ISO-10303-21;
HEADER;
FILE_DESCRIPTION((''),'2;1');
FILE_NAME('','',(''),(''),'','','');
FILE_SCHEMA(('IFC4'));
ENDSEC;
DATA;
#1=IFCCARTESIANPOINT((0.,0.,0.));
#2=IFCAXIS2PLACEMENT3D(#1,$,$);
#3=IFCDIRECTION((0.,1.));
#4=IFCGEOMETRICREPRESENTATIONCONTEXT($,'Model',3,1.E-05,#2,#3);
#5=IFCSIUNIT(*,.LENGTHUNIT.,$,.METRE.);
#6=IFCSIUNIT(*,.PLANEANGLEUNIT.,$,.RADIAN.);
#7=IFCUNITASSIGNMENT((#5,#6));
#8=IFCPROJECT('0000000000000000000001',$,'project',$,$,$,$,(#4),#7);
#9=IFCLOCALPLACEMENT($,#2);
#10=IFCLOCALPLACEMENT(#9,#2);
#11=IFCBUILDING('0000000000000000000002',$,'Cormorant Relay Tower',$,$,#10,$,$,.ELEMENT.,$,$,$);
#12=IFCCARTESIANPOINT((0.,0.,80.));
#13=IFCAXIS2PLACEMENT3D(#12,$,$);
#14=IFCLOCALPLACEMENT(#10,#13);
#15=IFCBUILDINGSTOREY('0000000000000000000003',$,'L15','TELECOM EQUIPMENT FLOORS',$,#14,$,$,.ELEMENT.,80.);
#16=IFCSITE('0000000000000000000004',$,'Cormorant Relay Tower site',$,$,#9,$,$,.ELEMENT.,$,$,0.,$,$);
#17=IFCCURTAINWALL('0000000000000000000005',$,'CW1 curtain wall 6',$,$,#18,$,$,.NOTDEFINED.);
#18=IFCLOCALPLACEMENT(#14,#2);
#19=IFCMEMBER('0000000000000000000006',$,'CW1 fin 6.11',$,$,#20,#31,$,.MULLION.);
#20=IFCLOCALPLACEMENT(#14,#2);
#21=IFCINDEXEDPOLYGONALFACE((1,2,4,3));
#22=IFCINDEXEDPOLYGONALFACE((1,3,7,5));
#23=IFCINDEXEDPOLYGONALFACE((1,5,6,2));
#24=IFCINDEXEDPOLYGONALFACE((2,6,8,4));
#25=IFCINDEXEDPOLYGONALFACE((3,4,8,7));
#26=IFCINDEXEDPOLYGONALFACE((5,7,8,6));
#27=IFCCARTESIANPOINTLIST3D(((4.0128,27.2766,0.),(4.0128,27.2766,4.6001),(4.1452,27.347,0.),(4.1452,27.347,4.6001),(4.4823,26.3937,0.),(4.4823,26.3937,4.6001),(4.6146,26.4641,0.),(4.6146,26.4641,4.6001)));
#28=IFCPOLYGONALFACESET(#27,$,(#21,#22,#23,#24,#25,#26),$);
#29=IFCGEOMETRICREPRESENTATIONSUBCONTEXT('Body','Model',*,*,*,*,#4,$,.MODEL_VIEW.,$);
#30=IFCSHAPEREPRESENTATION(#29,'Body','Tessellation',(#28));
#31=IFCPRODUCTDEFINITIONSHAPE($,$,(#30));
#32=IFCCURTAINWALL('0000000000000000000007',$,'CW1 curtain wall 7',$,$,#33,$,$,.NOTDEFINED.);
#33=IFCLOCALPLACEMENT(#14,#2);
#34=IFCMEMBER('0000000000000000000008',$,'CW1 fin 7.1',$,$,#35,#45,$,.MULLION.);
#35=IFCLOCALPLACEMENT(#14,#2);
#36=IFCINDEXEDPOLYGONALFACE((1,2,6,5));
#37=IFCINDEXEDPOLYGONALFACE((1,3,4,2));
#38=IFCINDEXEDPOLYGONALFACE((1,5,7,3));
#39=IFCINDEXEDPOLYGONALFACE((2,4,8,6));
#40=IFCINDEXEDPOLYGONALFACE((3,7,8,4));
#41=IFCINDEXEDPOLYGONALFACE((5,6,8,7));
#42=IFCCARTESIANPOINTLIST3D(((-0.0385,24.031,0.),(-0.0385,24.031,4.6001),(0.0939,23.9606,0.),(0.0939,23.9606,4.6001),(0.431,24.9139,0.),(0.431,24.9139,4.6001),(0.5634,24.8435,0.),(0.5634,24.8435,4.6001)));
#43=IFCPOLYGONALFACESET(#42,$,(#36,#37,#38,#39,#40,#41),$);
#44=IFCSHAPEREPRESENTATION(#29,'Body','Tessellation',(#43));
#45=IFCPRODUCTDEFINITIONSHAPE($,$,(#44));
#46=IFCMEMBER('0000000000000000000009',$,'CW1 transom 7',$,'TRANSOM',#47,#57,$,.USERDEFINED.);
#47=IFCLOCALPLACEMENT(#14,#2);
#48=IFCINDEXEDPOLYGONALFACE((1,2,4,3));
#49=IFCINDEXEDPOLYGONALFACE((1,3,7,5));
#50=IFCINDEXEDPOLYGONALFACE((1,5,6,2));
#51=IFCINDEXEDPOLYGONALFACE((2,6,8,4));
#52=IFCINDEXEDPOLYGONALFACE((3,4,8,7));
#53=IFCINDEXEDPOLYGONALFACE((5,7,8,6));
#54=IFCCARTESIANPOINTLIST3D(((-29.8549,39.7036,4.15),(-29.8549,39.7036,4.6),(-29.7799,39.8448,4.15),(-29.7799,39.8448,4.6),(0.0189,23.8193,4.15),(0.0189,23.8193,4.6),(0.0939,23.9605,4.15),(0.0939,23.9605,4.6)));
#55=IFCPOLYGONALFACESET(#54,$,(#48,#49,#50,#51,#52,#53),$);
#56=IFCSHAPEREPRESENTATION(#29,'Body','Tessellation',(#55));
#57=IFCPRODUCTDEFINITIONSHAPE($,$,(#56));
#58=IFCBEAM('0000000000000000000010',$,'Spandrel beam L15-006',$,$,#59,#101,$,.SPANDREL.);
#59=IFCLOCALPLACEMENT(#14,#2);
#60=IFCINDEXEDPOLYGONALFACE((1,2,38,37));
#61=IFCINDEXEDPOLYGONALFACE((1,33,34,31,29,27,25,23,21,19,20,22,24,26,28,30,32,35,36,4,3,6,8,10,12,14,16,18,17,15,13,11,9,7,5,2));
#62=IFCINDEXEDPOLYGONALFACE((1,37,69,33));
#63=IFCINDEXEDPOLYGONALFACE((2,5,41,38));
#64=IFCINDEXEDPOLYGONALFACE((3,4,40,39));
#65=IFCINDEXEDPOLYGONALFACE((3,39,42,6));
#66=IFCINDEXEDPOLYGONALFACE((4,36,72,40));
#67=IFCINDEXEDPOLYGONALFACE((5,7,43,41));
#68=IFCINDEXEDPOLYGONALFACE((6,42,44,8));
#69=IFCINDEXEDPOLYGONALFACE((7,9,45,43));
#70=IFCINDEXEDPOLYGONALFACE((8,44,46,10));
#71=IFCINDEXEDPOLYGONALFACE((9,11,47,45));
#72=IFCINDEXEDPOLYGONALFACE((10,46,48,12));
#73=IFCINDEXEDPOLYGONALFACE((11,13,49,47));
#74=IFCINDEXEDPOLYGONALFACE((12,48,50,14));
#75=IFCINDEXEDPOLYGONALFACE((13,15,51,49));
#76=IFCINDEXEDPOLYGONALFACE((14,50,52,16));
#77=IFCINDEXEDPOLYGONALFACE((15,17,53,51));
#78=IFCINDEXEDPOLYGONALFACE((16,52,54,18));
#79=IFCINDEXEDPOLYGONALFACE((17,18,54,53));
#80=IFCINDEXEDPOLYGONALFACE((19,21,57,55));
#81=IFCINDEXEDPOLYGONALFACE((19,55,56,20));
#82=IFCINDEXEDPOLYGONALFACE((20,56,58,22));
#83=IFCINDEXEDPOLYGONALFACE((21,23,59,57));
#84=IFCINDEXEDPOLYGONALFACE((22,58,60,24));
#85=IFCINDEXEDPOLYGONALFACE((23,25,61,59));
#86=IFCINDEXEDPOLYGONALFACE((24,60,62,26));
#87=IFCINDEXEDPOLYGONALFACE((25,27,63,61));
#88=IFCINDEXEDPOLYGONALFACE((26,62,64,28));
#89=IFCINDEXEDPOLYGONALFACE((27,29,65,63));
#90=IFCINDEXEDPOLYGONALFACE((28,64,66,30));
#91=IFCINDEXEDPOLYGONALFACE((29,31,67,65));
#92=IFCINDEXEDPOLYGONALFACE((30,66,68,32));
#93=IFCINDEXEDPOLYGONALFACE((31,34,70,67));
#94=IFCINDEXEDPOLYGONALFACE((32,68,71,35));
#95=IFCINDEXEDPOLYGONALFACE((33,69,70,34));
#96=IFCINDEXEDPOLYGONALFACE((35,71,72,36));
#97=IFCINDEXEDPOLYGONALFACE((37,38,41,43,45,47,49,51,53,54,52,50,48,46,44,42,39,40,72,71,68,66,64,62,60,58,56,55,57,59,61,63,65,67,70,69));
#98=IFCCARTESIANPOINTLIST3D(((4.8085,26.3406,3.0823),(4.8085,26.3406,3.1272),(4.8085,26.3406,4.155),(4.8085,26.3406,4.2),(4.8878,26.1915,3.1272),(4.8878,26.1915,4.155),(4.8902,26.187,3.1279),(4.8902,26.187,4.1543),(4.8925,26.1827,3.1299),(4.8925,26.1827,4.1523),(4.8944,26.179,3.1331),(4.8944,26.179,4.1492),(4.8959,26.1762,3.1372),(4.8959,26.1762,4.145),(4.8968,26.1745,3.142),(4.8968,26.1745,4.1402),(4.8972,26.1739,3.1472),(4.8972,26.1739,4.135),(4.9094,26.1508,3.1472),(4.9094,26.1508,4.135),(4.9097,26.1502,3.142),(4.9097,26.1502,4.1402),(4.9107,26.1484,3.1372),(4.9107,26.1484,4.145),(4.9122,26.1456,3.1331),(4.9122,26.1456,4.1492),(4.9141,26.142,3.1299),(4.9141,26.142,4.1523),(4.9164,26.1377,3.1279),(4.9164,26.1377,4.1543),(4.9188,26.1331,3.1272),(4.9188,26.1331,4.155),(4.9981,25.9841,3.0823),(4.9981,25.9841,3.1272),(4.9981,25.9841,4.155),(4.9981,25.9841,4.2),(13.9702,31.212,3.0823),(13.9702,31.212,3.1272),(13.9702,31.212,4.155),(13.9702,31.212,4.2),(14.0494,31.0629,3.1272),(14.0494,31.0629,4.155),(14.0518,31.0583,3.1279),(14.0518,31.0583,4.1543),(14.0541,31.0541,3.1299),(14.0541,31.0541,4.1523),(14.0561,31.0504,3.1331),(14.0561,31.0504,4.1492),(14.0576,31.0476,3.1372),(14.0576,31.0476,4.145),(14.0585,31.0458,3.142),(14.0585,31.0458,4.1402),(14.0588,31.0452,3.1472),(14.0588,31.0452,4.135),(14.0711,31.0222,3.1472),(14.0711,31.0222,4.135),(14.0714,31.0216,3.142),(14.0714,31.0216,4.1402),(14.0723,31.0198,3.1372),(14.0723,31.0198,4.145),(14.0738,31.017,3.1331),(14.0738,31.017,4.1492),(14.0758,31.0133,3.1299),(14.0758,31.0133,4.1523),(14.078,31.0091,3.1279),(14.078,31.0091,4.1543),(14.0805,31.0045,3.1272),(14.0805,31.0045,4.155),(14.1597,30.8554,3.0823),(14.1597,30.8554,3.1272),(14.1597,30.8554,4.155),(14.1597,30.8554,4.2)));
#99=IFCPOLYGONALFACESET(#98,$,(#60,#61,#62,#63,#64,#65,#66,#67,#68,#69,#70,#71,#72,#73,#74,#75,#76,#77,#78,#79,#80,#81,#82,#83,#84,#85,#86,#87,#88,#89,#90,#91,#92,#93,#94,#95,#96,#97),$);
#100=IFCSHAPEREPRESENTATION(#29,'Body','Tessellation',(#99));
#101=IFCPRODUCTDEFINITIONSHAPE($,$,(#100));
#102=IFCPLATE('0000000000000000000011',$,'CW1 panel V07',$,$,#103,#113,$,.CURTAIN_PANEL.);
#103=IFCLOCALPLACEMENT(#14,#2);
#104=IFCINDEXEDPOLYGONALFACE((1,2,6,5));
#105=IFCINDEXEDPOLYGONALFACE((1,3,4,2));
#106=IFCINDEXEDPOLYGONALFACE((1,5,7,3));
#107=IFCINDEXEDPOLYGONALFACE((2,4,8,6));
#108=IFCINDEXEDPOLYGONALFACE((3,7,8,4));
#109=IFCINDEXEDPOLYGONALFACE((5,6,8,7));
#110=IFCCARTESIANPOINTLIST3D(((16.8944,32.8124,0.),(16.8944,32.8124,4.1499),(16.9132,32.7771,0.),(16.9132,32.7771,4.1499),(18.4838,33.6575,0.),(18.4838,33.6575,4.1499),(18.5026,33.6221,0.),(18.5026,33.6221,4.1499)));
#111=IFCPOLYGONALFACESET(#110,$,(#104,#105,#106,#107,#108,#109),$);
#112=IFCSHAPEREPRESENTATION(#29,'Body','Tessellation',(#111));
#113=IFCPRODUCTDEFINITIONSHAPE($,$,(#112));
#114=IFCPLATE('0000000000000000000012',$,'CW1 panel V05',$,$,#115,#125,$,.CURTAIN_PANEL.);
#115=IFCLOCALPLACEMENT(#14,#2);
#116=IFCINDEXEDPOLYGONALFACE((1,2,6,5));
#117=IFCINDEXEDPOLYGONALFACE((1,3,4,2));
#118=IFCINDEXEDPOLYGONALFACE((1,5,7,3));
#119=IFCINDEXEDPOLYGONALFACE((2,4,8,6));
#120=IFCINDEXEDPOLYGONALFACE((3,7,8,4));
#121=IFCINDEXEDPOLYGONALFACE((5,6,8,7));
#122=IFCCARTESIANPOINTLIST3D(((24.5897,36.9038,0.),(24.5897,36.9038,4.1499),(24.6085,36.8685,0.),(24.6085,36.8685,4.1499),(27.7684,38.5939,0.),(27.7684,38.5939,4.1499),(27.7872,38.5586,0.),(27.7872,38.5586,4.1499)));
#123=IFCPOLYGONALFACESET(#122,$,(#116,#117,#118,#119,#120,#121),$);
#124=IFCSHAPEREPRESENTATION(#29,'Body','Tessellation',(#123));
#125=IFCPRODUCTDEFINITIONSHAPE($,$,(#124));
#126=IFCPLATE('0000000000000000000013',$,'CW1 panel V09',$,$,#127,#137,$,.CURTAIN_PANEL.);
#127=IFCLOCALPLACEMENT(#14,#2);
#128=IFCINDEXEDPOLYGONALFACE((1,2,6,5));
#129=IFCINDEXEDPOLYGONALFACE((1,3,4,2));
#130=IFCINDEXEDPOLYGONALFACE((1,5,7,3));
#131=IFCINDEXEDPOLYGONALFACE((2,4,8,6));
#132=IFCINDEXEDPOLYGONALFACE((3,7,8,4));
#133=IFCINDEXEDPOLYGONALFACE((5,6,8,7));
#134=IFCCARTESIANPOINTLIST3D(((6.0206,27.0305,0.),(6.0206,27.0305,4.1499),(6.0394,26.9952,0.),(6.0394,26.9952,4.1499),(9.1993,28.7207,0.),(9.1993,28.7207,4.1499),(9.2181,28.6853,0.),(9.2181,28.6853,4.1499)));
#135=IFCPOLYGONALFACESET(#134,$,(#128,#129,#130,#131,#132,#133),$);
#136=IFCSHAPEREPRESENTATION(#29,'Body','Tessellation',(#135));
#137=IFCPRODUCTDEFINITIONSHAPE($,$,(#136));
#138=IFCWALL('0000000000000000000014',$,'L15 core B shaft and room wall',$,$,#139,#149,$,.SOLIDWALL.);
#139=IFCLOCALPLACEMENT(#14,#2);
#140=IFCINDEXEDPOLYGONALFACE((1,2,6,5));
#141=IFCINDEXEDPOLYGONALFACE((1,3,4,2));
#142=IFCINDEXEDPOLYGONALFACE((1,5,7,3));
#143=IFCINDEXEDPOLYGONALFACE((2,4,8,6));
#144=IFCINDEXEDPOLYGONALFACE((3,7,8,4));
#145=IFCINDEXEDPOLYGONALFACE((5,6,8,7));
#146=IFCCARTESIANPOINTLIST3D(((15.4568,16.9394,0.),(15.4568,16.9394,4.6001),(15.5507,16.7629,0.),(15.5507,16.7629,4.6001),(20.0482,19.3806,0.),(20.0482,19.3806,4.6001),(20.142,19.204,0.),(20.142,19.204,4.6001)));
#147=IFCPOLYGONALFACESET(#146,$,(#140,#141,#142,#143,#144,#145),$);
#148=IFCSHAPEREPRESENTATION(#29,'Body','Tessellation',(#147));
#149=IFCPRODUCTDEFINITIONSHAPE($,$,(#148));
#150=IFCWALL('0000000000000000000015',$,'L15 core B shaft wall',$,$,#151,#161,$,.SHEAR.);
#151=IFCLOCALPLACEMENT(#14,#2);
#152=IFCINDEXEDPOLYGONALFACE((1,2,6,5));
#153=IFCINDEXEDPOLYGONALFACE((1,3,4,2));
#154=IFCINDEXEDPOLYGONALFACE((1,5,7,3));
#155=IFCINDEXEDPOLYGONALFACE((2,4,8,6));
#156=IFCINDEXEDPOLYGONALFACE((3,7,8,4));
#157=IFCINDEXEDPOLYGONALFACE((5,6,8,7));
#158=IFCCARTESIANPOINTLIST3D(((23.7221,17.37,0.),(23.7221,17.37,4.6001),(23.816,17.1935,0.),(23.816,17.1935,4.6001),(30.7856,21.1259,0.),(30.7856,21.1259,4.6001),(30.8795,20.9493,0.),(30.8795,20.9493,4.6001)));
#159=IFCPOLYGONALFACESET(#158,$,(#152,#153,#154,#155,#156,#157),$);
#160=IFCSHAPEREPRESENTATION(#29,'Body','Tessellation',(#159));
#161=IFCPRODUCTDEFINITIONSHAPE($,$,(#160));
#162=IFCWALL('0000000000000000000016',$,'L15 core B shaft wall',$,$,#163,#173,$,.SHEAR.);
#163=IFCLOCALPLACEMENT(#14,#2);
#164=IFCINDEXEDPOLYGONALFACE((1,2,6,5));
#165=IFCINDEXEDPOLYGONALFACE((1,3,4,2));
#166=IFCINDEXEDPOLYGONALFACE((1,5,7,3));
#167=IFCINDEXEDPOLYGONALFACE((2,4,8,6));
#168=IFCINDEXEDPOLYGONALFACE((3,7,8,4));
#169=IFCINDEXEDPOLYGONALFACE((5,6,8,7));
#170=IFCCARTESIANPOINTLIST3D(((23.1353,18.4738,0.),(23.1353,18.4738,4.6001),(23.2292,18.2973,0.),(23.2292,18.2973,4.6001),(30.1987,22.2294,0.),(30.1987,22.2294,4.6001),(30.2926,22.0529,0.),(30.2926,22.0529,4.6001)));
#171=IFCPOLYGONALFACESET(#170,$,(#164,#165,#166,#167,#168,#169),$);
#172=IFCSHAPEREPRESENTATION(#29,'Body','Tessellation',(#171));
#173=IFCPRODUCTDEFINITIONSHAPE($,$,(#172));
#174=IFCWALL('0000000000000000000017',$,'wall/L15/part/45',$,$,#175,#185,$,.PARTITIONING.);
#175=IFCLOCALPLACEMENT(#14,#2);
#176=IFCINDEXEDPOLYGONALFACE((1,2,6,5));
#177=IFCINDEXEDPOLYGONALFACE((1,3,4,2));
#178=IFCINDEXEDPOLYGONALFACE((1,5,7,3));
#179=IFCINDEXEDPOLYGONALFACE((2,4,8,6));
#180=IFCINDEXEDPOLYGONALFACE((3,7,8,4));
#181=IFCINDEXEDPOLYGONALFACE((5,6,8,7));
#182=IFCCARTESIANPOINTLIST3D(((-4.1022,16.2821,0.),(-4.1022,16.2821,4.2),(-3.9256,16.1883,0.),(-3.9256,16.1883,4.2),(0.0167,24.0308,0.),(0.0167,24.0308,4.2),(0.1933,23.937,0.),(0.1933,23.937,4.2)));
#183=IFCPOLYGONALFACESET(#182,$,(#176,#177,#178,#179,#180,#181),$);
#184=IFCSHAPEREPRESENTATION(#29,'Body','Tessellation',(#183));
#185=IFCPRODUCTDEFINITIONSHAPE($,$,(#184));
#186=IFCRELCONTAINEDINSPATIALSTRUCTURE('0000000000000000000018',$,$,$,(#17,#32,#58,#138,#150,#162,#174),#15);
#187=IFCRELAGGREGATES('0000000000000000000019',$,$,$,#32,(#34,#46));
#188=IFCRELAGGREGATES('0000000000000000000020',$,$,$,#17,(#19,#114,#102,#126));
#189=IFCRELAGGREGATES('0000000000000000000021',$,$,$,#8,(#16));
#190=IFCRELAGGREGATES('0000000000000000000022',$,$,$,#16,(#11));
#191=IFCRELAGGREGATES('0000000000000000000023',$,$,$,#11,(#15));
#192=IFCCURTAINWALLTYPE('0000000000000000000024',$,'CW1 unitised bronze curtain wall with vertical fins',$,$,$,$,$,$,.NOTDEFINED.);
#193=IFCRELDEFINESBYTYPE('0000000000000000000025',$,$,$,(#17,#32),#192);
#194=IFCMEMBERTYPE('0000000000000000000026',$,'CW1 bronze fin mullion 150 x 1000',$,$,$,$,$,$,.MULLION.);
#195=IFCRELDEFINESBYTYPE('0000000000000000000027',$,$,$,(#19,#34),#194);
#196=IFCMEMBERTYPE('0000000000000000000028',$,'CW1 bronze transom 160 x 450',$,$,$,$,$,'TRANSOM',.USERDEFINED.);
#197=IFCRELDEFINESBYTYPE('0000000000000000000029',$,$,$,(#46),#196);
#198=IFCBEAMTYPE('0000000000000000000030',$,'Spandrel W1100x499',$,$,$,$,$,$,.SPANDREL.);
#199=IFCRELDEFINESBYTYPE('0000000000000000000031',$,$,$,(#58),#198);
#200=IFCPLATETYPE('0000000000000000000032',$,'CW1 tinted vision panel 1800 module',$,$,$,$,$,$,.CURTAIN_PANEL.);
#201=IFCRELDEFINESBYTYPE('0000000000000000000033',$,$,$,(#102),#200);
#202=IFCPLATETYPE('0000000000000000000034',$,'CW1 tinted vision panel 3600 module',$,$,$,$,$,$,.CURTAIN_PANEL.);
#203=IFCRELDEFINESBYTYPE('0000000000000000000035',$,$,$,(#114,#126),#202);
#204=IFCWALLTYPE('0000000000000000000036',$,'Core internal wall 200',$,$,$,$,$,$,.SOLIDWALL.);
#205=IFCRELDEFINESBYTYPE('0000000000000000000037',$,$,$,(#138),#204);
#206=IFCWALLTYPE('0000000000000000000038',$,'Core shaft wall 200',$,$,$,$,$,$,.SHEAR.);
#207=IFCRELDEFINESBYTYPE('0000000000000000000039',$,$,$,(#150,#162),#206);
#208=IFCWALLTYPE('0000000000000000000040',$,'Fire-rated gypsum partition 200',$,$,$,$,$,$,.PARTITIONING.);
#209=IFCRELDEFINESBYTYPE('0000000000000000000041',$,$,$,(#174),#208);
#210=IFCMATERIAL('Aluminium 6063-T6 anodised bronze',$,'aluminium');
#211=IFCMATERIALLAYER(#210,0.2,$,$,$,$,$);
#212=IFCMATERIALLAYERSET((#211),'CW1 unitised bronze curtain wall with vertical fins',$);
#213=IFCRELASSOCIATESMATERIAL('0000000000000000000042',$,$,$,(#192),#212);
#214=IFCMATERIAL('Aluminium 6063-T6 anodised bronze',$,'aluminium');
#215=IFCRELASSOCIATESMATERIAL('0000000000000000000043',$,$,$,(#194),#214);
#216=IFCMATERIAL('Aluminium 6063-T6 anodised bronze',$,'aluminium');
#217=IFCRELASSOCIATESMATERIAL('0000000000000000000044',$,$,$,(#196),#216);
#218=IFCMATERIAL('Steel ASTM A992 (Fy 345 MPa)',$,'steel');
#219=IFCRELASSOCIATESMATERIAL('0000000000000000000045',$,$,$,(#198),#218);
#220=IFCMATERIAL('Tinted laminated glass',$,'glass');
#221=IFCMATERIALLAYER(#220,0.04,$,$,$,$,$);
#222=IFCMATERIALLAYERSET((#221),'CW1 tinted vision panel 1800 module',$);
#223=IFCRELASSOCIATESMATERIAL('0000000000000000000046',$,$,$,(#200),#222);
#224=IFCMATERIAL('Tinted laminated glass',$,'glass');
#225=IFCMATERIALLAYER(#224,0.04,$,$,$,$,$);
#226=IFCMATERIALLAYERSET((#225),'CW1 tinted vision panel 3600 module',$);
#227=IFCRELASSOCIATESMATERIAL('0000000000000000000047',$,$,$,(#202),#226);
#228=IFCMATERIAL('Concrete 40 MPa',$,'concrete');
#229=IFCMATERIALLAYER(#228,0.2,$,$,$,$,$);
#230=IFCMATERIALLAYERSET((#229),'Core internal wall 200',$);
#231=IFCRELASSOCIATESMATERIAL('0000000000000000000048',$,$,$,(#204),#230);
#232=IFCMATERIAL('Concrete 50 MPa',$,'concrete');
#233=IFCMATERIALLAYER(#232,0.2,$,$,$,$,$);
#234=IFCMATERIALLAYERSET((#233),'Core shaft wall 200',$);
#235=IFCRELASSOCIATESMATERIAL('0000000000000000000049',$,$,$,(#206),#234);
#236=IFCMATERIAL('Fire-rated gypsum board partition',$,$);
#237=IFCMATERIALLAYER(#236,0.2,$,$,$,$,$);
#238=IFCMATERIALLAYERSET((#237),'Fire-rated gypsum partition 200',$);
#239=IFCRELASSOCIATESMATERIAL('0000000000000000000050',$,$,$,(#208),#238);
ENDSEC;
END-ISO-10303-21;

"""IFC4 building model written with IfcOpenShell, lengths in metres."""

from ifc_helpers import new_model, si_unit, direction, frame, frame_2d, origin, origin_2d, place, context, subcontext, project, spatial, rectangle, i_section, extrude, material, layer, layer_set, material_profile, profile_set, type_object, element, aggregate, save


model = new_model("IFC4")

# Units and contexts
model_context = context("Model", 3, precision=1e-05, world=origin(), true_north=direction((0.0, 1.0)))
body_context = subcontext(model_context, "Body", "Model", "MODEL_VIEW")
ifc_project = project(units=[si_unit("LENGTHUNIT", "METRE"), si_unit("PLANEANGLEUNIT", "RADIAN")], contexts=[model_context])

# Site, building, storey
site_placement = place(None, origin())
site = spatial("IfcSite", under=ifc_project, at=site_placement, Name="Cormorant Relay Tower site", CompositionType="ELEMENT", RefElevation=0.0)
building_placement = place(site_placement, origin())
building = spatial("IfcBuilding", under=site, at=building_placement, Name="Cormorant Relay Tower", CompositionType="ELEMENT")
storey_placement = place(building_placement, frame((0.0, 0.0, 80.0)))
storey = spatial("IfcBuildingStorey", under=building, at=storey_placement, Name="L15", Description="TELECOM EQUIPMENT FLOORS", CompositionType="ELEMENT", Elevation=80.0)

# Curtain walls, members
ifc_material_1 = material(Name="Aluminium 6063-T6 anodised bronze", Category="aluminium")
ifc_layer_1 = layer(ifc_material_1, 0.2)
ifc_layer_set_1 = layer_set([ifc_layer_1], Name="CW1 unitised bronze curtain wall with vertical fins")
curtain_wall_type = type_object("IfcCurtainWallType", Name="CW1 unitised bronze curtain wall with vertical fins", PredefinedType="NOTDEFINED", material=ifc_layer_set_1)
curtain_wall_1_placement = place(storey_placement, origin())
curtain_wall_1 = element("IfcCurtainWall", 1, at=curtain_wall_1_placement, inside=storey, type_object=curtain_wall_type, Name="CW1 curtain wall 6", PredefinedType="NOTDEFINED")
ifc_material_2 = material(Name="Aluminium 6063-T6 anodised bronze", Category="aluminium")
ifc_material_profile_1 = material_profile(ifc_material_2, rectangle(XDim=0.1499, YDim=1.0, at=origin_2d()), Name="AL 150x1000")
ifc_profile_set_1 = profile_set([ifc_material_profile_1], Name="Aluminium 6063-T6 anodised bronze")
member_type_1 = type_object("IfcMemberType", Name="CW1 bronze fin mullion 150 x 1000", PredefinedType="MULLION", material=ifc_profile_set_1)
member_1_placement = place(storey_placement, frame((4.3137, 26.8704, 0.0), z_axis=(0.0, 0.0, 1.0), x_axis=(-0.882948, -0.469472, 0.0)))
member_1 = element("IfcMember", 2, at=member_1_placement, type_object=member_type_1, Name="CW1 fin 6.11", PredefinedType="MULLION", context=body_context, shape_type="SweptSolid", body=[
    extrude(rectangle(XDim=0.1499, YDim=1.0, at=origin_2d()), origin(), (0.0, 0.0, 1.0), 4.6001),
])
curtain_wall_2_placement = place(storey_placement, origin())
curtain_wall_2 = element("IfcCurtainWall", 3, at=curtain_wall_2_placement, inside=storey, type_object=curtain_wall_type, Name="CW1 curtain wall 7", PredefinedType="NOTDEFINED")
member_2_placement = place(storey_placement, frame((0.2625, 24.4373, 0.0), z_axis=(0.0, 0.0, 1.0), x_axis=(-0.882948, 0.469472, 0.0)))
member_2 = element("IfcMember", 4, at=member_2_placement, type_object=member_type_1, Name="CW1 fin 7.1", PredefinedType="MULLION", context=body_context, shape_type="SweptSolid", body=[
    extrude(rectangle(XDim=0.1499, YDim=1.0, at=origin_2d()), origin(), (0.0, 0.0, 1.0), 4.6001),
])
ifc_material_3 = material(Name="Aluminium 6063-T6 anodised bronze", Category="aluminium")
ifc_material_profile_2 = material_profile(ifc_material_3, rectangle(XDim=0.1599, YDim=0.45, at=origin_2d()), Name="AL 160x450")
ifc_profile_set_2 = profile_set([ifc_material_profile_2], Name="Aluminium 6063-T6 anodised bronze")
member_type_2 = type_object("IfcMemberType", Name="CW1 bronze transom 160 x 450", ElementType="TRANSOM", PredefinedType="USERDEFINED", material=ifc_profile_set_2)
member_3_placement = place(storey_placement, frame((0.0564, 23.8899, 4.375), z_axis=(-0.882946, 0.469474, 0.0), x_axis=(-0.469474, -0.882946, 0.0)))
member_3 = element("IfcMember", 5, at=member_3_placement, type_object=member_type_2, Name="CW1 transom 7", ObjectType="TRANSOM", PredefinedType="USERDEFINED", context=body_context, shape_type="SweptSolid", body=[
    extrude(rectangle(XDim=0.1599, YDim=0.45, at=origin_2d()), origin(), (0.0, 0.0, 1.0), 33.8342),
])
aggregate(curtain_wall_2, [member_2, member_3])

# Beam
ifc_material_4 = material(Name="Steel ASTM A992 (Fy 345 MPa)", Category="steel")
ifc_material_profile_3 = material_profile(ifc_material_4, i_section(OverallWidth=0.4038, OverallDepth=1.1177, WebThickness=0.0261, FlangeThickness=0.0449, FilletRadius=0.02, at=origin_2d()), Name="W1100x499")
ifc_profile_set_3 = profile_set([ifc_material_profile_3], Name="Steel ASTM A992 (Fy 345 MPa)")
beam_type = type_object("IfcBeamType", Name="Spandrel W1100x499", PredefinedType="SPANDREL", material=ifc_profile_set_3)
beam_placement = place(storey_placement, frame((14.0649, 31.0337, 3.6411), z_axis=(-0.882947, -0.469473, 0.0), x_axis=(0.469473, -0.882947, 0.0)))
element("IfcBeam", 6, at=beam_placement, inside=storey, type_object=beam_type, Name="Spandrel beam L15-006", PredefinedType="SPANDREL", context=body_context, shape_type="SweptSolid", body=[
    extrude(i_section(OverallWidth=0.4038, OverallDepth=1.1177, WebThickness=0.0261, FlangeThickness=0.0449, FilletRadius=0.02, at=origin_2d()), origin(), (0.0, 0.0, 1.0), 10.3762),
])

# Plates
ifc_material_5 = material(Name="Tinted laminated glass", Category="glass")
ifc_layer_2 = layer(ifc_material_5, 0.04)
ifc_layer_set_2 = layer_set([ifc_layer_2], Name="CW1 tinted vision panel 1800 module")
plate_type_1 = type_object("IfcPlateType", Name="CW1 tinted vision panel 1800 module", PredefinedType="CURTAIN_PANEL", material=ifc_layer_set_2)
plate_1_placement = place(storey_placement, frame((17.6985, 33.2173, 0.0), z_axis=(0.0, 0.0, 1.0), x_axis=(-0.882948, -0.469472, 0.0)))
plate_1 = element("IfcPlate", 7, at=plate_1_placement, type_object=plate_type_1, Name="CW1 panel V07", PredefinedType="CURTAIN_PANEL", context=body_context, shape_type="SweptSolid", body=[
    extrude(rectangle(XDim=1.8, YDim=0.04, at=origin_2d()), origin(), (0.0, 0.0, 1.0), 4.1499),
])
ifc_material_6 = material(Name="Tinted laminated glass", Category="glass")
ifc_layer_3 = layer(ifc_material_6, 0.04)
ifc_layer_set_3 = layer_set([ifc_layer_3], Name="CW1 tinted vision panel 3600 module")
plate_type_2 = type_object("IfcPlateType", Name="CW1 tinted vision panel 3600 module", PredefinedType="CURTAIN_PANEL", material=ifc_layer_set_3)
plate_2_placement = place(storey_placement, frame((26.1885, 37.7312, 0.0), z_axis=(0.0, 0.0, 1.0), x_axis=(-0.882948, -0.469472, 0.0)))
plate_2 = element("IfcPlate", 8, at=plate_2_placement, type_object=plate_type_2, Name="CW1 panel V05", PredefinedType="CURTAIN_PANEL", context=body_context, shape_type="SweptSolid", body=[
    extrude(rectangle(XDim=3.6001, YDim=0.04, at=origin_2d()), origin(), (0.0, 0.0, 1.0), 4.1499),
])
plate_3_placement = place(storey_placement, frame((7.6194, 27.8579, 0.0), z_axis=(0.0, 0.0, 1.0), x_axis=(-0.882948, -0.469472, 0.0)))
plate_3 = element("IfcPlate", 9, at=plate_3_placement, type_object=plate_type_2, Name="CW1 panel V09", PredefinedType="CURTAIN_PANEL", context=body_context, shape_type="SweptSolid", body=[
    extrude(rectangle(XDim=3.6001, YDim=0.04, at=origin_2d()), origin(), (0.0, 0.0, 1.0), 4.1499),
])

# Walls
ifc_material_7 = material(Name="Concrete 40 MPa", Category="concrete")
ifc_layer_4 = layer(ifc_material_7, 0.2)
ifc_layer_set_4 = layer_set([ifc_layer_4], Name="Core internal wall 200")
wall_type_1 = type_object("IfcWallType", Name="Core internal wall 200", PredefinedType="SOLIDWALL", material=ifc_layer_set_4)
wall_1_placement = place(storey_placement, frame((15.5037, 16.8511, 0.0), z_axis=(0.0, 0.0, 1.0), x_axis=(0.882954, 0.46946, 0.0)))
element("IfcWall", 10, at=wall_1_placement, inside=storey, type_object=wall_type_1, Name="L15 core B shaft and room wall", PredefinedType="SOLIDWALL", context=body_context, shape_type="SweptSolid", body=[
    extrude(rectangle(XDim=5.2, YDim=0.2, at=frame_2d((2.6001, 0.0))), origin(), (0.0, 0.0, 1.0), 4.6001),
])
ifc_material_8 = material(Name="Concrete 50 MPa", Category="concrete")
ifc_layer_5 = layer(ifc_material_8, 0.2)
ifc_layer_set_5 = layer_set([ifc_layer_5], Name="Core shaft wall 200")
wall_type_2 = type_object("IfcWallType", Name="Core shaft wall 200", PredefinedType="SHEAR", material=ifc_layer_set_5)
wall_2_placement = place(storey_placement, frame((23.769, 17.2817, 0.0), z_axis=(0.0, 0.0, 1.0), x_axis=(0.88294, 0.469485, 0.0)))
element("IfcWall", 11, at=wall_2_placement, inside=storey, type_object=wall_type_2, Name="L15 core B shaft wall", PredefinedType="SHEAR", context=body_context, shape_type="SweptSolid", body=[
    extrude(rectangle(XDim=8.0, YDim=0.2, at=frame_2d((4.0, 0.0))), origin(), (0.0, 0.0, 1.0), 4.6001),
])
wall_3_placement = place(storey_placement, frame((23.1821, 18.3855, 0.0), z_axis=(0.0, 0.0, 1.0), x_axis=(0.882953, 0.469462, 0.0)))
element("IfcWall", 12, at=wall_3_placement, inside=storey, type_object=wall_type_2, Name="L15 core B shaft wall", PredefinedType="SHEAR", context=body_context, shape_type="SweptSolid", body=[
    extrude(rectangle(XDim=7.9998, YDim=0.2, at=frame_2d((4.0, 0.0))), origin(), (0.0, 0.0, 1.0), 4.6001),
])
ifc_material_9 = material(Name="Fire-rated gypsum board partition")
ifc_layer_6 = layer(ifc_material_9, 0.2)
ifc_layer_set_6 = layer_set([ifc_layer_6], Name="Fire-rated gypsum partition 200")
wall_type_3 = type_object("IfcWallType", Name="Fire-rated gypsum partition 200", PredefinedType="PARTITIONING", material=ifc_layer_set_6)
wall_4_placement = place(storey_placement, frame((0.105, 23.9839, 0.0), z_axis=(0.0, 0.0, 1.0), x_axis=(-0.469365, -0.883004, 0.0)))
element("IfcWall", 13, at=wall_4_placement, inside=storey, type_object=wall_type_3, Name="wall/L15/part/45", PredefinedType="PARTITIONING", context=body_context, shape_type="SweptSolid", body=[
    extrude(rectangle(XDim=8.7754, YDim=0.2, at=frame_2d((4.3877, 0.0))), origin(), (0.0, 0.0, 1.0), 4.2),
])

aggregate(curtain_wall_1, [member_1, plate_2, plate_1, plate_3])

save(model, "model.ifc")
